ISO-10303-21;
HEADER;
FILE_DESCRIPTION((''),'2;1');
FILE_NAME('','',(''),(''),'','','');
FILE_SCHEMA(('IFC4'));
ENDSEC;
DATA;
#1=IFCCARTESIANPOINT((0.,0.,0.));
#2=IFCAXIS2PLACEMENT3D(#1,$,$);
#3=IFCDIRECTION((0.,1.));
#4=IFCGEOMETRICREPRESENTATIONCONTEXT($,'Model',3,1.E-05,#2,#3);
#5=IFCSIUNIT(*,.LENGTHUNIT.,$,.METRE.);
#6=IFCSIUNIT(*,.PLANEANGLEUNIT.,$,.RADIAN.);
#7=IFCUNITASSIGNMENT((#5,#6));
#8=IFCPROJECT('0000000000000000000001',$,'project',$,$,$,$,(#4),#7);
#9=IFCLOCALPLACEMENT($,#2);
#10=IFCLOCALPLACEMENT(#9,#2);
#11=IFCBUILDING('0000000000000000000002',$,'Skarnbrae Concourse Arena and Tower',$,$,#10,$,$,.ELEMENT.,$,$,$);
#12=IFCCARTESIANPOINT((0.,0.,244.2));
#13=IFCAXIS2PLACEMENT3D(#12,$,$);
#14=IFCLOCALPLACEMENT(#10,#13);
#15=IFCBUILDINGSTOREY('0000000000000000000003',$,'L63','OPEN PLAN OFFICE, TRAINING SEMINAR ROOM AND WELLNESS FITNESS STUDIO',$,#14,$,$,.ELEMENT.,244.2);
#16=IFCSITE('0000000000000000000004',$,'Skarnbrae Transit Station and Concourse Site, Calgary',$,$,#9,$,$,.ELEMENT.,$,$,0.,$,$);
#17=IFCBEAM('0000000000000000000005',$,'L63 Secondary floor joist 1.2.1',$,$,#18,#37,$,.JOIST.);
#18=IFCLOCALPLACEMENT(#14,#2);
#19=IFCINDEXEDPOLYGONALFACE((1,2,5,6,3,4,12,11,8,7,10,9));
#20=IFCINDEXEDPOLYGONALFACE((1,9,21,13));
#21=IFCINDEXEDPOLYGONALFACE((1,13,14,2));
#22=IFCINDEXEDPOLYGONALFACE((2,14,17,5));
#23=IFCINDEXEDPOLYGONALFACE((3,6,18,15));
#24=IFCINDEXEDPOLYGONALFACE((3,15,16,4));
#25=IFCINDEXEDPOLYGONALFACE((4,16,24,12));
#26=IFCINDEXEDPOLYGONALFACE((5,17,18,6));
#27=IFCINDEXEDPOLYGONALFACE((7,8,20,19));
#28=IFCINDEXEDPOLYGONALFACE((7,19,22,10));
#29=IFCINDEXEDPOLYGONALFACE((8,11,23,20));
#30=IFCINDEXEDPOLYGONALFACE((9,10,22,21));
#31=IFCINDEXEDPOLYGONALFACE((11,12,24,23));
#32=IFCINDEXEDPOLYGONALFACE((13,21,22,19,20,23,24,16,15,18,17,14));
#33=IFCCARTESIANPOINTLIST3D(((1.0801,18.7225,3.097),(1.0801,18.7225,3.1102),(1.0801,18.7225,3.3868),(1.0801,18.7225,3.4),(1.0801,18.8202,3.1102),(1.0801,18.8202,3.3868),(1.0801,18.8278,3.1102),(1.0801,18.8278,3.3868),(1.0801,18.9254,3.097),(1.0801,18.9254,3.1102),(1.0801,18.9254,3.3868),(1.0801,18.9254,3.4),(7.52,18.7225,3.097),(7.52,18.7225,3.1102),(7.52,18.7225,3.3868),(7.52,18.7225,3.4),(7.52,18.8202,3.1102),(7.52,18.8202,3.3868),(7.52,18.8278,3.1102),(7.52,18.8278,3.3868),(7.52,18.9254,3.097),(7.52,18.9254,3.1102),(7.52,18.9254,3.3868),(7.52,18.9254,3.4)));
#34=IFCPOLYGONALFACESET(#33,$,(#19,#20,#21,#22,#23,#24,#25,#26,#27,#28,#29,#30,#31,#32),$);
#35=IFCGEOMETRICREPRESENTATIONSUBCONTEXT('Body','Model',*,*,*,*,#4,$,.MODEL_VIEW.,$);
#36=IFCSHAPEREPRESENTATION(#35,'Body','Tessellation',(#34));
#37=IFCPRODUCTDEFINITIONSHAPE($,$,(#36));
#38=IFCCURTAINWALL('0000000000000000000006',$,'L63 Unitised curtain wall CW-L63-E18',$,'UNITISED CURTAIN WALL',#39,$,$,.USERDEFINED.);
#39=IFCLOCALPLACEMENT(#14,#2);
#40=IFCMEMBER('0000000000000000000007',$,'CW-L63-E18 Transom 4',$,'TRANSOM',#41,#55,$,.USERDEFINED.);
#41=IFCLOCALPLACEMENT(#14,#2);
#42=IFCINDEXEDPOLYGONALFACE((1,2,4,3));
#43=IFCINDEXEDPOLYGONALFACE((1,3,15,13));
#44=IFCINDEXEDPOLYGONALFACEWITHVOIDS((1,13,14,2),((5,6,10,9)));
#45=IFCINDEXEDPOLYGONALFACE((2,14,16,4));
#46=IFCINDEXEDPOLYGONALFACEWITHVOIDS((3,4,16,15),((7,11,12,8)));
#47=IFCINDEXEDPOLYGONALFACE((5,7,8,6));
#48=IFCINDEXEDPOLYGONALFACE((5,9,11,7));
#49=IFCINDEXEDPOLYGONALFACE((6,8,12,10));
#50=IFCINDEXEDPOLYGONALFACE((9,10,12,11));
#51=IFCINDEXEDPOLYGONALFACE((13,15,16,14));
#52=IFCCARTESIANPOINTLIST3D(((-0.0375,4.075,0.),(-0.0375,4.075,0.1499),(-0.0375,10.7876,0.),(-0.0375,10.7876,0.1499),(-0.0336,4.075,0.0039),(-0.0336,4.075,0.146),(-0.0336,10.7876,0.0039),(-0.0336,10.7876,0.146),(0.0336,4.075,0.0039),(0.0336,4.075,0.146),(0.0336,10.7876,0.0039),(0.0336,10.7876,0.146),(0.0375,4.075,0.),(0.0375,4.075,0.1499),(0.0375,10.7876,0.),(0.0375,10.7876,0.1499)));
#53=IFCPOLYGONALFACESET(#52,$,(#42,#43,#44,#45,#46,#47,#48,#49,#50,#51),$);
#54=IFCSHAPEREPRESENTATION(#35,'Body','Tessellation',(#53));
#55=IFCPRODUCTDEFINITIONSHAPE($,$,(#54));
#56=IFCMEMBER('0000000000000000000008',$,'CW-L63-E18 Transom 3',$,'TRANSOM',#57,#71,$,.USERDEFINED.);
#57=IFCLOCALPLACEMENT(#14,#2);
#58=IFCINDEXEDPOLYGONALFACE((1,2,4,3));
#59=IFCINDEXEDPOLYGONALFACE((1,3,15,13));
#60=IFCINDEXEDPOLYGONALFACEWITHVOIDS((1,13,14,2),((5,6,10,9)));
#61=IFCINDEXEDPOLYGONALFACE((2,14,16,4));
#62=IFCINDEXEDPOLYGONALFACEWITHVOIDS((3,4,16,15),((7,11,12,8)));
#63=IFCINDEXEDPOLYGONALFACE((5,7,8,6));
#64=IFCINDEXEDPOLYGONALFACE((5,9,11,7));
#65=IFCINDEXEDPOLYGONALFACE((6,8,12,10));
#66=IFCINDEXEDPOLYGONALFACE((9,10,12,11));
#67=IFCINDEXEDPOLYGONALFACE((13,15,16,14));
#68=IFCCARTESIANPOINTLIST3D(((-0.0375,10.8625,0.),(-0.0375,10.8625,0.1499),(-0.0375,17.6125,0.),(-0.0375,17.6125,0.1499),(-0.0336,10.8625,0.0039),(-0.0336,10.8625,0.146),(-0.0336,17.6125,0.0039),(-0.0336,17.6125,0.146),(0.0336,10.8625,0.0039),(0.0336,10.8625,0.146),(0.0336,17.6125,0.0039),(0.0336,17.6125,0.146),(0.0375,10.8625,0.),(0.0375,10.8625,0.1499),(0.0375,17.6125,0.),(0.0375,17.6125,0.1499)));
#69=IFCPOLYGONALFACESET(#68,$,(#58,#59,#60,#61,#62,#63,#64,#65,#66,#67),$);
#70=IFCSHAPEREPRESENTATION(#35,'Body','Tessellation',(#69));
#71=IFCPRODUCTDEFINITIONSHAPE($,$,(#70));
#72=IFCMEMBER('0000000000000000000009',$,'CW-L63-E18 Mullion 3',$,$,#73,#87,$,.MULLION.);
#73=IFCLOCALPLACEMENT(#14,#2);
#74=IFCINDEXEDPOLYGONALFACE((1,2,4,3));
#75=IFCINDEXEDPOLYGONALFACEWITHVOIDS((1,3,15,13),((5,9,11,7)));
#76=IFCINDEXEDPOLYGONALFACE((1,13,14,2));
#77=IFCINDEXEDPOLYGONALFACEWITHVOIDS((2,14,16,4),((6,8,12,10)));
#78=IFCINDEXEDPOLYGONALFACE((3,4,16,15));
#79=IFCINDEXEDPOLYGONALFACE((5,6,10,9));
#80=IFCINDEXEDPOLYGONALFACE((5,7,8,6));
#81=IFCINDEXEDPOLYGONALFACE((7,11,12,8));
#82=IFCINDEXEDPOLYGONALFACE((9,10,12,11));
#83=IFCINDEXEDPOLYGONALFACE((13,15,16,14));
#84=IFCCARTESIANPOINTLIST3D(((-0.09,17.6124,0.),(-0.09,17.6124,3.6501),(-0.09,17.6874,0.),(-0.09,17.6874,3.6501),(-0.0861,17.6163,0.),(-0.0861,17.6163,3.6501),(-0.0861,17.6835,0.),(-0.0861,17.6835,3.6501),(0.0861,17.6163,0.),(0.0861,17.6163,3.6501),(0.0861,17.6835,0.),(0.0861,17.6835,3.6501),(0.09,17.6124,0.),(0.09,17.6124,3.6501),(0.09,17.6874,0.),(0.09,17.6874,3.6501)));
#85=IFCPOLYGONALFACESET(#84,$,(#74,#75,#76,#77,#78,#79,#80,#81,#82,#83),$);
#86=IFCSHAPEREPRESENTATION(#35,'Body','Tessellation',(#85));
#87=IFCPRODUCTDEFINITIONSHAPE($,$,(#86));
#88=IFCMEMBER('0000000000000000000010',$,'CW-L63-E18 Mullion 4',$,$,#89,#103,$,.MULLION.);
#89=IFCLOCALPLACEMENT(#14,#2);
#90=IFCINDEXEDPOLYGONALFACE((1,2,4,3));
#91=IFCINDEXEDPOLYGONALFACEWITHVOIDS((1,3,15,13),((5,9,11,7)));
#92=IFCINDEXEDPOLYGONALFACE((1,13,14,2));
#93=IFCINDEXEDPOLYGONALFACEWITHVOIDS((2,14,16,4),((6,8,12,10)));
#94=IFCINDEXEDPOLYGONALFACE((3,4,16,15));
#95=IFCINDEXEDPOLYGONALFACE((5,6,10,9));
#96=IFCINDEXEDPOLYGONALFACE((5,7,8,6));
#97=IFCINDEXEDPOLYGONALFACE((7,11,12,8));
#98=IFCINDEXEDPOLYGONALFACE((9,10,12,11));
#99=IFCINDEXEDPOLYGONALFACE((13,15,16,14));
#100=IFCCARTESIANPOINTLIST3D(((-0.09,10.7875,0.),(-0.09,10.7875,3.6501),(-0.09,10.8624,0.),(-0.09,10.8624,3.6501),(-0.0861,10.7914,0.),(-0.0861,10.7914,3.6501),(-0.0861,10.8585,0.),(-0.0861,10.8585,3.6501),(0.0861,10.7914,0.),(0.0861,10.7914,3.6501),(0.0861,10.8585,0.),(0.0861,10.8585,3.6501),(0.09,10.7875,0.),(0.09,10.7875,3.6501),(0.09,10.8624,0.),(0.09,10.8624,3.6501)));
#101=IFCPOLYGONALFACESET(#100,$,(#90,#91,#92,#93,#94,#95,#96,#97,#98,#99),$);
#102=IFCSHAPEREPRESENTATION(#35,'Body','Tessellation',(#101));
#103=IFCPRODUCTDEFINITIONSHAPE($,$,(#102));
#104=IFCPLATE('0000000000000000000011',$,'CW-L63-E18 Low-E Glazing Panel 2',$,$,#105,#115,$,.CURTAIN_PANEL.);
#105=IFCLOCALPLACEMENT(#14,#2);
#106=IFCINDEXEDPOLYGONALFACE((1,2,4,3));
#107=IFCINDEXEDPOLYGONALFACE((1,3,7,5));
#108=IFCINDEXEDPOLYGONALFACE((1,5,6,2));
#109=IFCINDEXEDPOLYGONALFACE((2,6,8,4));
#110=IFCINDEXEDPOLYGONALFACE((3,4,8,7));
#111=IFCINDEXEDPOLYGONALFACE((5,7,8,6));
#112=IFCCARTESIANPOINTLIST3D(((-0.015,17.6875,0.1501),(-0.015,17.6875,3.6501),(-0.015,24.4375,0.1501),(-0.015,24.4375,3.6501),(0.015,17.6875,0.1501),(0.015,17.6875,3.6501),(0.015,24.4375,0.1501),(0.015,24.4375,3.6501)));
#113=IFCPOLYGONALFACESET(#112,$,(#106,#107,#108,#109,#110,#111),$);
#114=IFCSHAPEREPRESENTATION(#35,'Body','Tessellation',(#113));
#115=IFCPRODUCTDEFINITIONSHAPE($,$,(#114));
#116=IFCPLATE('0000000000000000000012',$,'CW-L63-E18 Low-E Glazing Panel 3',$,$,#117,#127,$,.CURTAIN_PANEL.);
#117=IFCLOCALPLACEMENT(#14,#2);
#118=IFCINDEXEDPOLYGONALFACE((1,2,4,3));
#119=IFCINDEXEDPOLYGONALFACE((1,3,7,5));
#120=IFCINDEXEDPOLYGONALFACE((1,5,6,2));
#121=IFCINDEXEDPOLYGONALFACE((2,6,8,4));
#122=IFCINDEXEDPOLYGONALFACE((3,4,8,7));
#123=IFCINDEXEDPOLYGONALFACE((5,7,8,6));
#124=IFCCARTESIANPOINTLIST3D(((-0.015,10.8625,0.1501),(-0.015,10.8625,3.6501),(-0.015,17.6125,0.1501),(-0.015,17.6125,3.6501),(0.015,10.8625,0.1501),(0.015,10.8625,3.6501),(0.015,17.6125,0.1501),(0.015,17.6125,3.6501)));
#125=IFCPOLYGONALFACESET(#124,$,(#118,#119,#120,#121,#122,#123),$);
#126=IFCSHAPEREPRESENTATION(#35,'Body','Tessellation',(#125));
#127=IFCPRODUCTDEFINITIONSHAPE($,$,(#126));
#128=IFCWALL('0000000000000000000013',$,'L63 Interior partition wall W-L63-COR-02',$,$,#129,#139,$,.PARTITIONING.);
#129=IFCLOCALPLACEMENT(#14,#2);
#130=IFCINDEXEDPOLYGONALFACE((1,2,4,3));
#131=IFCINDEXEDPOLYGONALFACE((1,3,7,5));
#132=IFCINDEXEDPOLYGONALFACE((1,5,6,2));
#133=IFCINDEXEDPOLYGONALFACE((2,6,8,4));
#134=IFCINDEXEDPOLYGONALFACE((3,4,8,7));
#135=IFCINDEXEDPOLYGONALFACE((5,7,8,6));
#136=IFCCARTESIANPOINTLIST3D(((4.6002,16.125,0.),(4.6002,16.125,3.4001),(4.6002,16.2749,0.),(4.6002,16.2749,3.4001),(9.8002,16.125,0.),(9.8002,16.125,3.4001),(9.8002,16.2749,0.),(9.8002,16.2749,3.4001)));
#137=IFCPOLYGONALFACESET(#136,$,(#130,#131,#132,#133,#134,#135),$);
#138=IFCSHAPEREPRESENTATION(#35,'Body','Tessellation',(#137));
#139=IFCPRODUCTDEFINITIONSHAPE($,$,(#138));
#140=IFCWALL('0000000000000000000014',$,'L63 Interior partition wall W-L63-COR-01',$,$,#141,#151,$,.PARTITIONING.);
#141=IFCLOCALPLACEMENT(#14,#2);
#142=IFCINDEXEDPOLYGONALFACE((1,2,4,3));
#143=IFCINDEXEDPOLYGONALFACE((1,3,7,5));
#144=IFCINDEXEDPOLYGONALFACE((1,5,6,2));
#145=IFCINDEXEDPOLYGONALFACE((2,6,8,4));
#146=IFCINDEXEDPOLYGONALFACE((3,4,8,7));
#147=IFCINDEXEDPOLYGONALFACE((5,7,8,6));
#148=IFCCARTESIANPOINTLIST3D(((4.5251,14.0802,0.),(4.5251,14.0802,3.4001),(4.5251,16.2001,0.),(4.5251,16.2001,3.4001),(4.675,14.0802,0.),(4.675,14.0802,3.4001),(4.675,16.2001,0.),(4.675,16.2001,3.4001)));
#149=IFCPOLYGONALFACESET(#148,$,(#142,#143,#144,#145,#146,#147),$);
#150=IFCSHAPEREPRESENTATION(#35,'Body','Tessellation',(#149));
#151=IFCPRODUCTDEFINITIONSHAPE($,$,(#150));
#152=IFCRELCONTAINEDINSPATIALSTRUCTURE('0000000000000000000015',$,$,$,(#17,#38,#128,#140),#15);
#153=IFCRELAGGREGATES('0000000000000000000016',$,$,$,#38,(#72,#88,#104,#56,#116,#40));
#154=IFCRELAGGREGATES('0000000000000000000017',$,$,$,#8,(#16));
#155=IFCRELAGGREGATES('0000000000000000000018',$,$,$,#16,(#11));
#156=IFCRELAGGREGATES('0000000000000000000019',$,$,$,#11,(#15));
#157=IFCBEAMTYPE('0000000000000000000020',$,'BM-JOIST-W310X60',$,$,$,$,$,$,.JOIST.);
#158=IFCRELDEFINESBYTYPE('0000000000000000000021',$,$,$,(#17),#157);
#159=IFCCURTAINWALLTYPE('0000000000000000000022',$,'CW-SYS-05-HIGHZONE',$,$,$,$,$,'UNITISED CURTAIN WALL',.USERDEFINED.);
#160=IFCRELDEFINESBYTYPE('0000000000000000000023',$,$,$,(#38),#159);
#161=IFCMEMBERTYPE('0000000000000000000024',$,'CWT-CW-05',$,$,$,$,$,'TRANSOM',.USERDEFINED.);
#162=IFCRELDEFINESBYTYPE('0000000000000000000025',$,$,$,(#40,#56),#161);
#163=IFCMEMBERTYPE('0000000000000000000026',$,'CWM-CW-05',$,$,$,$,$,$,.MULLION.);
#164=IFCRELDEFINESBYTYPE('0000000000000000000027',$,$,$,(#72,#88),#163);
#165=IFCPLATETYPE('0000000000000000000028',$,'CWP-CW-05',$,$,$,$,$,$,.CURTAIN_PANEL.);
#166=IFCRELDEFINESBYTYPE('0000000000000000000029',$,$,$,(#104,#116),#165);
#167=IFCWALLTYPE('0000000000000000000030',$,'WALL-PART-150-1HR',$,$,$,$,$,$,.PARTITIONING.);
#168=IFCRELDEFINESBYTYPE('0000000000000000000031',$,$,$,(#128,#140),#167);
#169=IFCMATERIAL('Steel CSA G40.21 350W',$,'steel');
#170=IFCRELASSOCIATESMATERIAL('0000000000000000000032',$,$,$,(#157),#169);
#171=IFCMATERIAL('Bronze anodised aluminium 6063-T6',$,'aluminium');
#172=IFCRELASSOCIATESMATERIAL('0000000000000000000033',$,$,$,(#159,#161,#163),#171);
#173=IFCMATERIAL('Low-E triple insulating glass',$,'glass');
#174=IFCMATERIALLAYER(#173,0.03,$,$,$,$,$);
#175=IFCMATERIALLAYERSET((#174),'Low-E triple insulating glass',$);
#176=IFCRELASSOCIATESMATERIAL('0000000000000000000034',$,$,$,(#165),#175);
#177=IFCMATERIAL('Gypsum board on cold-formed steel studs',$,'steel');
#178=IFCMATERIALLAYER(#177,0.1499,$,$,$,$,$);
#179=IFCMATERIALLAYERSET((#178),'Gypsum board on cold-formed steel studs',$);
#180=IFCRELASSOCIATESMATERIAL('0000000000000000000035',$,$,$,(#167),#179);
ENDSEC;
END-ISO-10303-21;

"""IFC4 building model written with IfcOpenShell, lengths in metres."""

from ifc_helpers import new_model, si_unit, direction, frame, frame_2d, origin, origin_2d, place, context, subcontext, project, spatial, rectangle, hollow_rectangle, i_section, extrude, source, transform, mapped, material, layer, layer_set, material_profile, profile_set, type_object, element, aggregate, save


model = new_model("IFC4")

# Units and contexts
model_context = context("Model", 3, precision=1e-05, world=origin(), true_north=direction((0.0, 1.0)))
body_context = subcontext(model_context, "Body", "Model", "MODEL_VIEW")
ifc_project = project(units=[si_unit("LENGTHUNIT", "METRE"), si_unit("PLANEANGLEUNIT", "RADIAN")], contexts=[model_context])

# Site, building, storey
site_placement = place(None, origin())
site = spatial("IfcSite", under=ifc_project, at=site_placement, Name="Skarnbrae Transit Station and Concourse Site, Calgary", CompositionType="ELEMENT", RefElevation=0.0)
building_placement = place(site_placement, origin())
building = spatial("IfcBuilding", under=site, at=building_placement, Name="Skarnbrae Concourse Arena and Tower", CompositionType="ELEMENT")
storey_placement = place(building_placement, frame((0.0, 0.0, 244.2)))
storey = spatial("IfcBuildingStorey", under=building, at=storey_placement, Name="L63", Description="OPEN PLAN OFFICE, TRAINING SEMINAR ROOM AND WELLNESS FITNESS STUDIO", CompositionType="ELEMENT", Elevation=244.2)

# Shared definitions
ifc_material_1 = material(Name="Steel CSA G40.21 350W", Category="steel")

# Beam
ifc_material_profile_1 = material_profile(ifc_material_1, i_section(OverallWidth=0.2029, OverallDepth=0.303, WebThickness=0.0076, FlangeThickness=0.0132, at=origin_2d()), Name="W310X60")
ifc_profile_set_1 = profile_set([ifc_material_profile_1], Name="Steel CSA G40.21 350W")
beam_type_1 = type_object("IfcBeamType", Name="BM-JOIST-W310X60", PredefinedType="JOIST", material=ifc_profile_set_1)
shared_shape_1 = source(origin(), body_context, "Body", "SweptSolid", [
    extrude(i_section(OverallWidth=0.2029, OverallDepth=0.303, WebThickness=0.0076, FlangeThickness=0.0132, at=origin_2d()), origin(), (0.0, 0.0, 1.0), 6.4399),
])
for number, where, z_axis, x_axis, name in (
    (1, (1.0801, 18.824, 3.2485), (1.0, 0.0, 0.0), (0.0, 1.0, 0.0), "L63 Secondary floor joist 1.2.1"),
):
    element("IfcBeam", number, at=place(storey_placement, frame(where, z_axis=z_axis, x_axis=x_axis)), inside=storey, type_object=beam_type_1, Name=name, PredefinedType="JOIST", context=body_context, shape_type="MappedRepresentation", body=[
        mapped(shared_shape_1, transform((0.0, 0.0, 0.0))),
    ])

# Curtain wall, members, plates
ifc_material_2 = material(Name="Bronze anodised aluminium 6063-T6", Category="aluminium")
curtain_wall_type = type_object("IfcCurtainWallType", Name="CW-SYS-05-HIGHZONE", ElementType="UNITISED CURTAIN WALL", PredefinedType="USERDEFINED", material=ifc_material_2)
curtain_wall_placement = place(storey_placement, origin())
curtain_wall = element("IfcCurtainWall", 2, at=curtain_wall_placement, inside=storey, type_object=curtain_wall_type, Name="L63 Unitised curtain wall CW-L63-E18", ObjectType="UNITISED CURTAIN WALL", PredefinedType="USERDEFINED")
ifc_material_profile_2 = material_profile(ifc_material_2, hollow_rectangle(XDim=0.075, YDim=0.1499, WallThickness=0.0039, at=origin_2d()), Name="ALU-TRAN-75X150")
ifc_profile_set_2 = profile_set([ifc_material_profile_2], Name="Bronze anodised aluminium 6063-T6")
member_type_1 = type_object("IfcMemberType", Name="CWT-CW-05", ElementType="TRANSOM", PredefinedType="USERDEFINED", material=ifc_profile_set_2)
shared_shape_2 = source(origin(), body_context, "Body", "SweptSolid", [
    extrude(hollow_rectangle(XDim=0.075, YDim=0.1499, WallThickness=0.0039, at=origin_2d()), origin(), (0.0, 0.0, 1.0), 6.7126),
])
member_1_placement = place(storey_placement, frame((0.0, 10.7876, 0.075), z_axis=(0.0, -1.0, 0.0), x_axis=(1.0, 0.0, 0.0)))
member_1 = element("IfcMember", 3, at=member_1_placement, type_object=member_type_1, Name="CW-L63-E18 Transom 4", ObjectType="TRANSOM", PredefinedType="USERDEFINED", context=body_context, shape_type="MappedRepresentation", body=[
    mapped(shared_shape_2, transform((0.0, 0.0, 0.0))),
])
shared_shape_3 = source(origin(), body_context, "Body", "SweptSolid", [
    extrude(hollow_rectangle(XDim=0.075, YDim=0.1499, WallThickness=0.0039, at=origin_2d()), origin(), (0.0, 0.0, 1.0), 6.75),
])
member_2_placement = place(storey_placement, frame((0.0, 17.6125, 0.075), z_axis=(0.0, -1.0, 0.0), x_axis=(1.0, 0.0, 0.0)))
member_2 = element("IfcMember", 4, at=member_2_placement, type_object=member_type_1, Name="CW-L63-E18 Transom 3", ObjectType="TRANSOM", PredefinedType="USERDEFINED", context=body_context, shape_type="MappedRepresentation", body=[
    mapped(shared_shape_3, transform((0.0, 0.0, 0.0))),
])
ifc_material_profile_3 = material_profile(ifc_material_2, hollow_rectangle(XDim=0.075, YDim=0.1799, WallThickness=0.0039, at=origin_2d()), Name="ALU-MULL-75X180")
ifc_profile_set_3 = profile_set([ifc_material_profile_3], Name="Bronze anodised aluminium 6063-T6")
member_type_2 = type_object("IfcMemberType", Name="CWM-CW-05", PredefinedType="MULLION", material=ifc_profile_set_3)
shared_shape_4 = source(origin(), body_context, "Body", "SweptSolid", [
    extrude(hollow_rectangle(XDim=0.075, YDim=0.1799, WallThickness=0.0039, at=origin_2d()), origin(), (0.0, 0.0, 1.0), 3.6501),
])
member_3_placement = place(storey_placement, frame((0.0, 17.6499, 0.0), z_axis=(0.0, 0.0, 1.0), x_axis=(0.0, -1.0, 0.0)))
member_3 = element("IfcMember", 5, at=member_3_placement, type_object=member_type_2, Name="CW-L63-E18 Mullion 3", PredefinedType="MULLION", context=body_context, shape_type="MappedRepresentation", body=[
    mapped(shared_shape_4, transform((0.0, 0.0, 0.0))),
])
member_4_placement = place(storey_placement, frame((0.0, 10.825, 0.0), z_axis=(0.0, 0.0, 1.0), x_axis=(0.0, -1.0, 0.0)))
member_4 = element("IfcMember", 6, at=member_4_placement, type_object=member_type_2, Name="CW-L63-E18 Mullion 4", PredefinedType="MULLION", context=body_context, shape_type="MappedRepresentation", body=[
    mapped(shared_shape_4, transform((0.0, 0.0, 0.0))),
])
ifc_material_3 = material(Name="Low-E triple insulating glass", Category="glass")
ifc_layer_1 = layer(ifc_material_3, 0.03)
ifc_layer_set_1 = layer_set([ifc_layer_1], Name="Low-E triple insulating glass")
plate_type = type_object("IfcPlateType", Name="CWP-CW-05", PredefinedType="CURTAIN_PANEL", material=ifc_layer_set_1)
shared_shape_5 = source(origin(), body_context, "Body", "SweptSolid", [
    extrude(rectangle(XDim=6.75, YDim=0.03, at=origin_2d()), origin(), (0.0, 0.0, 1.0), 3.5),
])
plate_1_placement = place(storey_placement, frame((0.0, 21.0625, 0.1501), z_axis=(0.0, 0.0, 1.0), x_axis=(0.0, -1.0, 0.0)))
plate_1 = element("IfcPlate", 7, at=plate_1_placement, type_object=plate_type, Name="CW-L63-E18 Low-E Glazing Panel 2", PredefinedType="CURTAIN_PANEL", context=body_context, shape_type="MappedRepresentation", body=[
    mapped(shared_shape_5, transform((0.0, 0.0, 0.0))),
])
plate_2_placement = place(storey_placement, frame((0.0, 14.2375, 0.1501), z_axis=(0.0, 0.0, 1.0), x_axis=(0.0, -1.0, 0.0)))
plate_2 = element("IfcPlate", 8, at=plate_2_placement, type_object=plate_type, Name="CW-L63-E18 Low-E Glazing Panel 3", PredefinedType="CURTAIN_PANEL", context=body_context, shape_type="MappedRepresentation", body=[
    mapped(shared_shape_5, transform((0.0, 0.0, 0.0))),
])
aggregate(curtain_wall, [member_3, member_4, plate_1, member_2, plate_2, member_1])

# Walls
ifc_material_4 = material(Name="Gypsum board on cold-formed steel studs", Category="steel")
ifc_layer_2 = layer(ifc_material_4, 0.1499)
ifc_layer_set_2 = layer_set([ifc_layer_2], Name="Gypsum board on cold-formed steel studs")
wall_type_1 = type_object("IfcWallType", Name="WALL-PART-150-1HR", PredefinedType="PARTITIONING", material=ifc_layer_set_2)
shared_shape_6 = source(origin(), body_context, "Body", "SweptSolid", [
    extrude(rectangle(XDim=5.2, YDim=0.1499, at=frame_2d((2.6001, 0.0))), origin(), (0.0, 0.0, 1.0), 3.4001),
])
wall_1_placement = place(storey_placement, frame((4.6001, 16.2, 0.0), z_axis=(0.0, 0.0, 1.0), x_axis=(1.0, 0.0, 0.0)))
element("IfcWall", 9, at=wall_1_placement, inside=storey, type_object=wall_type_1, Name="L63 Interior partition wall W-L63-COR-02", PredefinedType="PARTITIONING", context=body_context, shape_type="MappedRepresentation", body=[
    mapped(shared_shape_6, transform((0.0, 0.0, 0.0))),
])
shared_shape_7 = source(origin(), body_context, "Body", "SweptSolid", [
    extrude(rectangle(XDim=2.1199, YDim=0.1499, at=frame_2d((1.0601, 0.0))), origin(), (0.0, 0.0, 1.0), 3.4001),
])
wall_2_placement = place(storey_placement, frame((4.6001, 14.0801, 0.0), z_axis=(0.0, 0.0, 1.0), x_axis=(0.0, 1.0, 0.0)))
element("IfcWall", 10, at=wall_2_placement, inside=storey, type_object=wall_type_1, Name="L63 Interior partition wall W-L63-COR-01", PredefinedType="PARTITIONING", context=body_context, shape_type="MappedRepresentation", body=[
    mapped(shared_shape_7, transform((0.0, 0.0, 0.0))),
])

save(model, "model.ifc")
